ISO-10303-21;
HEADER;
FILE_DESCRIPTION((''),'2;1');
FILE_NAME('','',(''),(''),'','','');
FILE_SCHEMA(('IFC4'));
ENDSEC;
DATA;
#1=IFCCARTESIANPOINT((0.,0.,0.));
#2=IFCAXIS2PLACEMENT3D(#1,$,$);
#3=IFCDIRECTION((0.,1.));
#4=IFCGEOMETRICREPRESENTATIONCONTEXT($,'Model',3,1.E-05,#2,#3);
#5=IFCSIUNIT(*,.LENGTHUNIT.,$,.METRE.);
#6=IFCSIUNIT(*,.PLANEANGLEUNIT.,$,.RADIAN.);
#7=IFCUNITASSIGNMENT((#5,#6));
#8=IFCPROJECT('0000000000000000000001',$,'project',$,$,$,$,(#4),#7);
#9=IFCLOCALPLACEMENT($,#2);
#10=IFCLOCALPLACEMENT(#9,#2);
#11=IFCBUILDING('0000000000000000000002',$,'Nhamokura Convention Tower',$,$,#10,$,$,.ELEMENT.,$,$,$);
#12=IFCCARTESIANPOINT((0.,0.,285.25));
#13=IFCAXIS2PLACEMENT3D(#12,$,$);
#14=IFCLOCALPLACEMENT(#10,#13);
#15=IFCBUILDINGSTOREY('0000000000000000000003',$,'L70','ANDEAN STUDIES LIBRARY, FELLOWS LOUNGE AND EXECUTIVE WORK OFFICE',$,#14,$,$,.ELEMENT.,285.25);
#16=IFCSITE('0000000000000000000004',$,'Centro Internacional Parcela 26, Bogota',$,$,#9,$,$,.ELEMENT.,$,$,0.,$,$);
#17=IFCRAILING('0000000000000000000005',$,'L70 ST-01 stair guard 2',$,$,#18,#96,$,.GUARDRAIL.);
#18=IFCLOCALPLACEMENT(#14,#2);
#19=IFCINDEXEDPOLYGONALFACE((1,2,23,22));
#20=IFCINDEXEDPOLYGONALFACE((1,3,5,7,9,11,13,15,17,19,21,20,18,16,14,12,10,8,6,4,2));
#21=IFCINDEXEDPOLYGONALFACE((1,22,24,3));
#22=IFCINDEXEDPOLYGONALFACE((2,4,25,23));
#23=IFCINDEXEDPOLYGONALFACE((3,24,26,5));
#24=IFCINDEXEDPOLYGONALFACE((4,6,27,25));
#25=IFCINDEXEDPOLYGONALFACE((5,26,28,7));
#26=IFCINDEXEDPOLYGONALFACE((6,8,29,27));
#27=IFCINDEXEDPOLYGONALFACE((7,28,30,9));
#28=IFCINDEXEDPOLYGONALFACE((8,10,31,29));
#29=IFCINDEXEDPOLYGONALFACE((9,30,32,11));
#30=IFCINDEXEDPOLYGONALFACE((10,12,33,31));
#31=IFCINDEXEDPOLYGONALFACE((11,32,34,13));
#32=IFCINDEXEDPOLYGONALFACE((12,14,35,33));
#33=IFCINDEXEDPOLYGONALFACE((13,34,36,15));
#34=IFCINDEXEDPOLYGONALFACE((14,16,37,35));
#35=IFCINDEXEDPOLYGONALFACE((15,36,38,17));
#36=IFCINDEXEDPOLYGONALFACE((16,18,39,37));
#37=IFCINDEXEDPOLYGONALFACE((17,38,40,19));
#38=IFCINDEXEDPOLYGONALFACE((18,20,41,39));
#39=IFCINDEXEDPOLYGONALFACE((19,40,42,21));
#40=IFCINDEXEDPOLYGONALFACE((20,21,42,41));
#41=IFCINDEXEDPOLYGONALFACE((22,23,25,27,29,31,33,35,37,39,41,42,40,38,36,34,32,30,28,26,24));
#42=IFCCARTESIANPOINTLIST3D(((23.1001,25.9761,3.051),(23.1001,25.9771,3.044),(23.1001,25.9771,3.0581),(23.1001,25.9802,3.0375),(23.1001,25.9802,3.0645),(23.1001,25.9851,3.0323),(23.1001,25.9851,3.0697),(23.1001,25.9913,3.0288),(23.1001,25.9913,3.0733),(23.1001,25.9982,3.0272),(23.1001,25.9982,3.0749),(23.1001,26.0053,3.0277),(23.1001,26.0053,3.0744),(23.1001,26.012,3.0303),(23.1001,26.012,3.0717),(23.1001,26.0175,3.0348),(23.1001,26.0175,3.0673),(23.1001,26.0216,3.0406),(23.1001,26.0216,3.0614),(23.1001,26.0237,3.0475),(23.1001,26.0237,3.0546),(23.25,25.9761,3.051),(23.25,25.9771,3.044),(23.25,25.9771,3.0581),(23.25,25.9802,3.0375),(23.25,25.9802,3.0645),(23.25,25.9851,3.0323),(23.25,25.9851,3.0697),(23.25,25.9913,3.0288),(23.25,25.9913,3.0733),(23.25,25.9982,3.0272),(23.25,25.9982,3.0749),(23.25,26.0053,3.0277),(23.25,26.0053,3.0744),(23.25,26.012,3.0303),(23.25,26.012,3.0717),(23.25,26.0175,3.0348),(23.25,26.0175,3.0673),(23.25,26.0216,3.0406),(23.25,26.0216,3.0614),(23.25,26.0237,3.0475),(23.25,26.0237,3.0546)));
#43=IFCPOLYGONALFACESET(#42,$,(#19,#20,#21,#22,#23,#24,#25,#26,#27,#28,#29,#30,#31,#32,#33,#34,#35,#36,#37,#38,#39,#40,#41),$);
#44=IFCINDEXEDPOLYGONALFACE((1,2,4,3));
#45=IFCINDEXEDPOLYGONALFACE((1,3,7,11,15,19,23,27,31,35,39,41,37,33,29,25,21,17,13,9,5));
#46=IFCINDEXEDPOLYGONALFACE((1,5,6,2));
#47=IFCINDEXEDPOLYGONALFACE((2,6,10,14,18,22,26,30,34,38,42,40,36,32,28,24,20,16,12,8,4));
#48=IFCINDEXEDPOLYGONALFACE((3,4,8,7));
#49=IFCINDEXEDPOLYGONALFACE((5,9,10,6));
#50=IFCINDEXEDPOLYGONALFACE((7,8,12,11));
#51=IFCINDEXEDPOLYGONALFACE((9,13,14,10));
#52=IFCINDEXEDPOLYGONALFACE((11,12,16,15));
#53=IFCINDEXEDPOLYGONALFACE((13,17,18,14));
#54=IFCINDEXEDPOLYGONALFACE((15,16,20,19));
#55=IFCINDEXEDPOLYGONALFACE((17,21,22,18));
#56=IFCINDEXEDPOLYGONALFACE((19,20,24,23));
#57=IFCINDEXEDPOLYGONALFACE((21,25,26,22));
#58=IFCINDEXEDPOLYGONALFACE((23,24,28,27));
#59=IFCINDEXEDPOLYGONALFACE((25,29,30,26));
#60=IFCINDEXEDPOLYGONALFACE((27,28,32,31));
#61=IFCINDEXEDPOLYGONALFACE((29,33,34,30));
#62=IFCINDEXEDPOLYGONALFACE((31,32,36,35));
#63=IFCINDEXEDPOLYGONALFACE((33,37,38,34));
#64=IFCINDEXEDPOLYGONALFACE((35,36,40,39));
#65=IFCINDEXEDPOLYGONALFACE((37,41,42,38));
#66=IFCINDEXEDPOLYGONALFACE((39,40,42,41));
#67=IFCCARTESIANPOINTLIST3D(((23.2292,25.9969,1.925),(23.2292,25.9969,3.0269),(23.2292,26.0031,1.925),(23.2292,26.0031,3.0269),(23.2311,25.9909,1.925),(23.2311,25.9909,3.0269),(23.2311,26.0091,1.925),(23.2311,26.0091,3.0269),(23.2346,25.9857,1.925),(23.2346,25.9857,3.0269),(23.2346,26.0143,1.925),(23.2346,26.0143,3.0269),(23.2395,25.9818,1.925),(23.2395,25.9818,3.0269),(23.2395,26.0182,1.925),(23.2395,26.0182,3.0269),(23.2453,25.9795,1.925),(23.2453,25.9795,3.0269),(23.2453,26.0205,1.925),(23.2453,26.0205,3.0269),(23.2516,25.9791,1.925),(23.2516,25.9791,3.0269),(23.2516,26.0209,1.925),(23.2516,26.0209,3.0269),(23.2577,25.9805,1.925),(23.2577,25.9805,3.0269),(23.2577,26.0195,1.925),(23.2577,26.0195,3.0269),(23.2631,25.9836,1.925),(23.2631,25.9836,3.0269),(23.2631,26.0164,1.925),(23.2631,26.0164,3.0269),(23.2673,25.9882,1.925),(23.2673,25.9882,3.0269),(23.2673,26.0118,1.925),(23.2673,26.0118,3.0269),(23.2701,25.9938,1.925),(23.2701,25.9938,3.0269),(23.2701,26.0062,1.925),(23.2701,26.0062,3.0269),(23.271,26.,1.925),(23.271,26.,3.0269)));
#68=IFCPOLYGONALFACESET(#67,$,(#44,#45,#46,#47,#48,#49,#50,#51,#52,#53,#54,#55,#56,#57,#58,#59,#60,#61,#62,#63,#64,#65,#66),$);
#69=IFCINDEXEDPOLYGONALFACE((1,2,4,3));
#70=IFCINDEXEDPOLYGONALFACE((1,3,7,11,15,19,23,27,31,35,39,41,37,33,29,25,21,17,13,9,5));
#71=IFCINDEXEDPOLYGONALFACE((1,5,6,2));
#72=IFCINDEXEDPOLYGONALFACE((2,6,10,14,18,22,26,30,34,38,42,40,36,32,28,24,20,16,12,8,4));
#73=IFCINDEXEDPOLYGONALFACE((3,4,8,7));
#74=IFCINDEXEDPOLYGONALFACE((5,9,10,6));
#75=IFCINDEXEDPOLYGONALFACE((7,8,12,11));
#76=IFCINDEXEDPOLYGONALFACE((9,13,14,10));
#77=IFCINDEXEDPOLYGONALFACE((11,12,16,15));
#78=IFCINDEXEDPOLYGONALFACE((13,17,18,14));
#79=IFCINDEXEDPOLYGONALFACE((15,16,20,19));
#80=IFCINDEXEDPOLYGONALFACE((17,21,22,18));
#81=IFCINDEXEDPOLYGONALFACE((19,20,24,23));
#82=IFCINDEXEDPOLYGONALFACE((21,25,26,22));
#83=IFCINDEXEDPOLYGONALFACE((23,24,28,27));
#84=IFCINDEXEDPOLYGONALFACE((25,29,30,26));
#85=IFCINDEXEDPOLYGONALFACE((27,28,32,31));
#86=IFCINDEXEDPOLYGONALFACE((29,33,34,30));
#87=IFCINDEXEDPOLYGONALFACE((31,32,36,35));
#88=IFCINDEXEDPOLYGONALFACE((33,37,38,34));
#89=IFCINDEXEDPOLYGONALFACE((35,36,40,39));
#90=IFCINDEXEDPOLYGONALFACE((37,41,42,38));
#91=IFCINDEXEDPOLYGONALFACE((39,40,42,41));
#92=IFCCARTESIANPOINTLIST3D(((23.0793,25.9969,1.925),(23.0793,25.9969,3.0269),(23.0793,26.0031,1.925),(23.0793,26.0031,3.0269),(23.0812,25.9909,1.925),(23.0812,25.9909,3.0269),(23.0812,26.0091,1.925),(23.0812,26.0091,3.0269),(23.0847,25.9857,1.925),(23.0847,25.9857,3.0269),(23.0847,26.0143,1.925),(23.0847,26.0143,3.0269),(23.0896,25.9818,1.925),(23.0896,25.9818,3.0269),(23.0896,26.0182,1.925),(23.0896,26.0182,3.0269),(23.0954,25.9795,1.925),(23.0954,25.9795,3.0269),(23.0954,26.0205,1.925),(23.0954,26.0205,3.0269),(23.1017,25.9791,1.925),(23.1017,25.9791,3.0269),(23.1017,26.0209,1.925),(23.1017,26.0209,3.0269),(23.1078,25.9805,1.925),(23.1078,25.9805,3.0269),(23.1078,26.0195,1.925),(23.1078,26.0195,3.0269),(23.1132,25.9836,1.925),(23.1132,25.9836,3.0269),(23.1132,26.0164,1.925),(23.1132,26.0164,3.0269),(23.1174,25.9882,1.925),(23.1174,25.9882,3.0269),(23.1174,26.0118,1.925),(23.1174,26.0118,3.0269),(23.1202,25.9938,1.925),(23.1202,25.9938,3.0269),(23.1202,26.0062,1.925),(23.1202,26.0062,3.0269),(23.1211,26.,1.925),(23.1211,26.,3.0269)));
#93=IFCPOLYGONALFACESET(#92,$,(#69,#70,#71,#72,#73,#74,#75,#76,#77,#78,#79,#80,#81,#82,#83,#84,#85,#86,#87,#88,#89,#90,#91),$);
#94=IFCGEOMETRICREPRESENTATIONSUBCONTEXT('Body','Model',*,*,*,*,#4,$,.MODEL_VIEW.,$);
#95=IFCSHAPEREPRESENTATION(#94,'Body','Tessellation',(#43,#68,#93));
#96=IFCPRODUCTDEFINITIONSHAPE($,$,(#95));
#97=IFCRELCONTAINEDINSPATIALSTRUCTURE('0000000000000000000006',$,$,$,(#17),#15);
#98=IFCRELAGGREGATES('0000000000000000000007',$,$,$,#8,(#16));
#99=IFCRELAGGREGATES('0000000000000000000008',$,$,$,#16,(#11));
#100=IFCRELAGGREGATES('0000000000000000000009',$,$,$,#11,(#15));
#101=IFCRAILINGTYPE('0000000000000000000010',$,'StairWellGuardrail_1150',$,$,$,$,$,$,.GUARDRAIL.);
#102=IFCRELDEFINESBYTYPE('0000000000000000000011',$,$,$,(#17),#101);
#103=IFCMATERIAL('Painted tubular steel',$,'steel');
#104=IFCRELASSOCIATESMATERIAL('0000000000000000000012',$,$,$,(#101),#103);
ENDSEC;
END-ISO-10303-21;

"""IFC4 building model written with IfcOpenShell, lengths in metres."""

from ifc_helpers import new_model, si_unit, direction, frame, origin, origin_2d, place, context, subcontext, project, spatial, circle, extrude, material, type_object, element, save


model = new_model("IFC4")

# Units and contexts
model_context = context("Model", 3, precision=1e-05, world=origin(), true_north=direction((0.0, 1.0)))
body_context = subcontext(model_context, "Body", "Model", "MODEL_VIEW")
ifc_project = project(units=[si_unit("LENGTHUNIT", "METRE"), si_unit("PLANEANGLEUNIT", "RADIAN")], contexts=[model_context])

# Site, building, storey
site_placement = place(None, origin())
site = spatial("IfcSite", under=ifc_project, at=site_placement, Name="Centro Internacional Parcela 26, Bogota", CompositionType="ELEMENT", RefElevation=0.0)
building_placement = place(site_placement, origin())
building = spatial("IfcBuilding", under=site, at=building_placement, Name="Nhamokura Convention Tower", CompositionType="ELEMENT")
storey_placement = place(building_placement, frame((0.0, 0.0, 285.25)))
storey = spatial("IfcBuildingStorey", under=building, at=storey_placement, Name="L70", Description="ANDEAN STUDIES LIBRARY, FELLOWS LOUNGE AND EXECUTIVE WORK OFFICE", CompositionType="ELEMENT", Elevation=285.25)

# Railing
ifc_material_1 = material(Name="Painted tubular steel", Category="steel")
railing_type_1 = type_object("IfcRailingType", Name="StairWellGuardrail_1150", PredefinedType="GUARDRAIL", material=ifc_material_1)
railing_1_placement = place(storey_placement, frame((23.25, 26.0, 1.925)))
element("IfcRailing", 1, at=railing_1_placement, inside=storey, type_object=railing_type_1, Name="L70 ST-01 stair guard 2", PredefinedType="GUARDRAIL", context=body_context, shape_type="SweptSolid", body=[
    extrude(circle(Radius=0.0239, at=origin_2d()), frame((0.0, 0.0, 1.126), z_axis=(-1.0, 0.0, 0.0), x_axis=(0.0, -1.0, 0.0)), (0.0, 0.0, 1.0), 0.1499),
    extrude(circle(Radius=0.021, at=origin_2d()), origin(), (0.0, 0.0, 1.0), 1.1018),
    extrude(circle(Radius=0.021, at=origin_2d()), frame((-0.1499, 0.0, 0.0)), (0.0, 0.0, 1.0), 1.1018),
])

save(model, "model.ifc")
